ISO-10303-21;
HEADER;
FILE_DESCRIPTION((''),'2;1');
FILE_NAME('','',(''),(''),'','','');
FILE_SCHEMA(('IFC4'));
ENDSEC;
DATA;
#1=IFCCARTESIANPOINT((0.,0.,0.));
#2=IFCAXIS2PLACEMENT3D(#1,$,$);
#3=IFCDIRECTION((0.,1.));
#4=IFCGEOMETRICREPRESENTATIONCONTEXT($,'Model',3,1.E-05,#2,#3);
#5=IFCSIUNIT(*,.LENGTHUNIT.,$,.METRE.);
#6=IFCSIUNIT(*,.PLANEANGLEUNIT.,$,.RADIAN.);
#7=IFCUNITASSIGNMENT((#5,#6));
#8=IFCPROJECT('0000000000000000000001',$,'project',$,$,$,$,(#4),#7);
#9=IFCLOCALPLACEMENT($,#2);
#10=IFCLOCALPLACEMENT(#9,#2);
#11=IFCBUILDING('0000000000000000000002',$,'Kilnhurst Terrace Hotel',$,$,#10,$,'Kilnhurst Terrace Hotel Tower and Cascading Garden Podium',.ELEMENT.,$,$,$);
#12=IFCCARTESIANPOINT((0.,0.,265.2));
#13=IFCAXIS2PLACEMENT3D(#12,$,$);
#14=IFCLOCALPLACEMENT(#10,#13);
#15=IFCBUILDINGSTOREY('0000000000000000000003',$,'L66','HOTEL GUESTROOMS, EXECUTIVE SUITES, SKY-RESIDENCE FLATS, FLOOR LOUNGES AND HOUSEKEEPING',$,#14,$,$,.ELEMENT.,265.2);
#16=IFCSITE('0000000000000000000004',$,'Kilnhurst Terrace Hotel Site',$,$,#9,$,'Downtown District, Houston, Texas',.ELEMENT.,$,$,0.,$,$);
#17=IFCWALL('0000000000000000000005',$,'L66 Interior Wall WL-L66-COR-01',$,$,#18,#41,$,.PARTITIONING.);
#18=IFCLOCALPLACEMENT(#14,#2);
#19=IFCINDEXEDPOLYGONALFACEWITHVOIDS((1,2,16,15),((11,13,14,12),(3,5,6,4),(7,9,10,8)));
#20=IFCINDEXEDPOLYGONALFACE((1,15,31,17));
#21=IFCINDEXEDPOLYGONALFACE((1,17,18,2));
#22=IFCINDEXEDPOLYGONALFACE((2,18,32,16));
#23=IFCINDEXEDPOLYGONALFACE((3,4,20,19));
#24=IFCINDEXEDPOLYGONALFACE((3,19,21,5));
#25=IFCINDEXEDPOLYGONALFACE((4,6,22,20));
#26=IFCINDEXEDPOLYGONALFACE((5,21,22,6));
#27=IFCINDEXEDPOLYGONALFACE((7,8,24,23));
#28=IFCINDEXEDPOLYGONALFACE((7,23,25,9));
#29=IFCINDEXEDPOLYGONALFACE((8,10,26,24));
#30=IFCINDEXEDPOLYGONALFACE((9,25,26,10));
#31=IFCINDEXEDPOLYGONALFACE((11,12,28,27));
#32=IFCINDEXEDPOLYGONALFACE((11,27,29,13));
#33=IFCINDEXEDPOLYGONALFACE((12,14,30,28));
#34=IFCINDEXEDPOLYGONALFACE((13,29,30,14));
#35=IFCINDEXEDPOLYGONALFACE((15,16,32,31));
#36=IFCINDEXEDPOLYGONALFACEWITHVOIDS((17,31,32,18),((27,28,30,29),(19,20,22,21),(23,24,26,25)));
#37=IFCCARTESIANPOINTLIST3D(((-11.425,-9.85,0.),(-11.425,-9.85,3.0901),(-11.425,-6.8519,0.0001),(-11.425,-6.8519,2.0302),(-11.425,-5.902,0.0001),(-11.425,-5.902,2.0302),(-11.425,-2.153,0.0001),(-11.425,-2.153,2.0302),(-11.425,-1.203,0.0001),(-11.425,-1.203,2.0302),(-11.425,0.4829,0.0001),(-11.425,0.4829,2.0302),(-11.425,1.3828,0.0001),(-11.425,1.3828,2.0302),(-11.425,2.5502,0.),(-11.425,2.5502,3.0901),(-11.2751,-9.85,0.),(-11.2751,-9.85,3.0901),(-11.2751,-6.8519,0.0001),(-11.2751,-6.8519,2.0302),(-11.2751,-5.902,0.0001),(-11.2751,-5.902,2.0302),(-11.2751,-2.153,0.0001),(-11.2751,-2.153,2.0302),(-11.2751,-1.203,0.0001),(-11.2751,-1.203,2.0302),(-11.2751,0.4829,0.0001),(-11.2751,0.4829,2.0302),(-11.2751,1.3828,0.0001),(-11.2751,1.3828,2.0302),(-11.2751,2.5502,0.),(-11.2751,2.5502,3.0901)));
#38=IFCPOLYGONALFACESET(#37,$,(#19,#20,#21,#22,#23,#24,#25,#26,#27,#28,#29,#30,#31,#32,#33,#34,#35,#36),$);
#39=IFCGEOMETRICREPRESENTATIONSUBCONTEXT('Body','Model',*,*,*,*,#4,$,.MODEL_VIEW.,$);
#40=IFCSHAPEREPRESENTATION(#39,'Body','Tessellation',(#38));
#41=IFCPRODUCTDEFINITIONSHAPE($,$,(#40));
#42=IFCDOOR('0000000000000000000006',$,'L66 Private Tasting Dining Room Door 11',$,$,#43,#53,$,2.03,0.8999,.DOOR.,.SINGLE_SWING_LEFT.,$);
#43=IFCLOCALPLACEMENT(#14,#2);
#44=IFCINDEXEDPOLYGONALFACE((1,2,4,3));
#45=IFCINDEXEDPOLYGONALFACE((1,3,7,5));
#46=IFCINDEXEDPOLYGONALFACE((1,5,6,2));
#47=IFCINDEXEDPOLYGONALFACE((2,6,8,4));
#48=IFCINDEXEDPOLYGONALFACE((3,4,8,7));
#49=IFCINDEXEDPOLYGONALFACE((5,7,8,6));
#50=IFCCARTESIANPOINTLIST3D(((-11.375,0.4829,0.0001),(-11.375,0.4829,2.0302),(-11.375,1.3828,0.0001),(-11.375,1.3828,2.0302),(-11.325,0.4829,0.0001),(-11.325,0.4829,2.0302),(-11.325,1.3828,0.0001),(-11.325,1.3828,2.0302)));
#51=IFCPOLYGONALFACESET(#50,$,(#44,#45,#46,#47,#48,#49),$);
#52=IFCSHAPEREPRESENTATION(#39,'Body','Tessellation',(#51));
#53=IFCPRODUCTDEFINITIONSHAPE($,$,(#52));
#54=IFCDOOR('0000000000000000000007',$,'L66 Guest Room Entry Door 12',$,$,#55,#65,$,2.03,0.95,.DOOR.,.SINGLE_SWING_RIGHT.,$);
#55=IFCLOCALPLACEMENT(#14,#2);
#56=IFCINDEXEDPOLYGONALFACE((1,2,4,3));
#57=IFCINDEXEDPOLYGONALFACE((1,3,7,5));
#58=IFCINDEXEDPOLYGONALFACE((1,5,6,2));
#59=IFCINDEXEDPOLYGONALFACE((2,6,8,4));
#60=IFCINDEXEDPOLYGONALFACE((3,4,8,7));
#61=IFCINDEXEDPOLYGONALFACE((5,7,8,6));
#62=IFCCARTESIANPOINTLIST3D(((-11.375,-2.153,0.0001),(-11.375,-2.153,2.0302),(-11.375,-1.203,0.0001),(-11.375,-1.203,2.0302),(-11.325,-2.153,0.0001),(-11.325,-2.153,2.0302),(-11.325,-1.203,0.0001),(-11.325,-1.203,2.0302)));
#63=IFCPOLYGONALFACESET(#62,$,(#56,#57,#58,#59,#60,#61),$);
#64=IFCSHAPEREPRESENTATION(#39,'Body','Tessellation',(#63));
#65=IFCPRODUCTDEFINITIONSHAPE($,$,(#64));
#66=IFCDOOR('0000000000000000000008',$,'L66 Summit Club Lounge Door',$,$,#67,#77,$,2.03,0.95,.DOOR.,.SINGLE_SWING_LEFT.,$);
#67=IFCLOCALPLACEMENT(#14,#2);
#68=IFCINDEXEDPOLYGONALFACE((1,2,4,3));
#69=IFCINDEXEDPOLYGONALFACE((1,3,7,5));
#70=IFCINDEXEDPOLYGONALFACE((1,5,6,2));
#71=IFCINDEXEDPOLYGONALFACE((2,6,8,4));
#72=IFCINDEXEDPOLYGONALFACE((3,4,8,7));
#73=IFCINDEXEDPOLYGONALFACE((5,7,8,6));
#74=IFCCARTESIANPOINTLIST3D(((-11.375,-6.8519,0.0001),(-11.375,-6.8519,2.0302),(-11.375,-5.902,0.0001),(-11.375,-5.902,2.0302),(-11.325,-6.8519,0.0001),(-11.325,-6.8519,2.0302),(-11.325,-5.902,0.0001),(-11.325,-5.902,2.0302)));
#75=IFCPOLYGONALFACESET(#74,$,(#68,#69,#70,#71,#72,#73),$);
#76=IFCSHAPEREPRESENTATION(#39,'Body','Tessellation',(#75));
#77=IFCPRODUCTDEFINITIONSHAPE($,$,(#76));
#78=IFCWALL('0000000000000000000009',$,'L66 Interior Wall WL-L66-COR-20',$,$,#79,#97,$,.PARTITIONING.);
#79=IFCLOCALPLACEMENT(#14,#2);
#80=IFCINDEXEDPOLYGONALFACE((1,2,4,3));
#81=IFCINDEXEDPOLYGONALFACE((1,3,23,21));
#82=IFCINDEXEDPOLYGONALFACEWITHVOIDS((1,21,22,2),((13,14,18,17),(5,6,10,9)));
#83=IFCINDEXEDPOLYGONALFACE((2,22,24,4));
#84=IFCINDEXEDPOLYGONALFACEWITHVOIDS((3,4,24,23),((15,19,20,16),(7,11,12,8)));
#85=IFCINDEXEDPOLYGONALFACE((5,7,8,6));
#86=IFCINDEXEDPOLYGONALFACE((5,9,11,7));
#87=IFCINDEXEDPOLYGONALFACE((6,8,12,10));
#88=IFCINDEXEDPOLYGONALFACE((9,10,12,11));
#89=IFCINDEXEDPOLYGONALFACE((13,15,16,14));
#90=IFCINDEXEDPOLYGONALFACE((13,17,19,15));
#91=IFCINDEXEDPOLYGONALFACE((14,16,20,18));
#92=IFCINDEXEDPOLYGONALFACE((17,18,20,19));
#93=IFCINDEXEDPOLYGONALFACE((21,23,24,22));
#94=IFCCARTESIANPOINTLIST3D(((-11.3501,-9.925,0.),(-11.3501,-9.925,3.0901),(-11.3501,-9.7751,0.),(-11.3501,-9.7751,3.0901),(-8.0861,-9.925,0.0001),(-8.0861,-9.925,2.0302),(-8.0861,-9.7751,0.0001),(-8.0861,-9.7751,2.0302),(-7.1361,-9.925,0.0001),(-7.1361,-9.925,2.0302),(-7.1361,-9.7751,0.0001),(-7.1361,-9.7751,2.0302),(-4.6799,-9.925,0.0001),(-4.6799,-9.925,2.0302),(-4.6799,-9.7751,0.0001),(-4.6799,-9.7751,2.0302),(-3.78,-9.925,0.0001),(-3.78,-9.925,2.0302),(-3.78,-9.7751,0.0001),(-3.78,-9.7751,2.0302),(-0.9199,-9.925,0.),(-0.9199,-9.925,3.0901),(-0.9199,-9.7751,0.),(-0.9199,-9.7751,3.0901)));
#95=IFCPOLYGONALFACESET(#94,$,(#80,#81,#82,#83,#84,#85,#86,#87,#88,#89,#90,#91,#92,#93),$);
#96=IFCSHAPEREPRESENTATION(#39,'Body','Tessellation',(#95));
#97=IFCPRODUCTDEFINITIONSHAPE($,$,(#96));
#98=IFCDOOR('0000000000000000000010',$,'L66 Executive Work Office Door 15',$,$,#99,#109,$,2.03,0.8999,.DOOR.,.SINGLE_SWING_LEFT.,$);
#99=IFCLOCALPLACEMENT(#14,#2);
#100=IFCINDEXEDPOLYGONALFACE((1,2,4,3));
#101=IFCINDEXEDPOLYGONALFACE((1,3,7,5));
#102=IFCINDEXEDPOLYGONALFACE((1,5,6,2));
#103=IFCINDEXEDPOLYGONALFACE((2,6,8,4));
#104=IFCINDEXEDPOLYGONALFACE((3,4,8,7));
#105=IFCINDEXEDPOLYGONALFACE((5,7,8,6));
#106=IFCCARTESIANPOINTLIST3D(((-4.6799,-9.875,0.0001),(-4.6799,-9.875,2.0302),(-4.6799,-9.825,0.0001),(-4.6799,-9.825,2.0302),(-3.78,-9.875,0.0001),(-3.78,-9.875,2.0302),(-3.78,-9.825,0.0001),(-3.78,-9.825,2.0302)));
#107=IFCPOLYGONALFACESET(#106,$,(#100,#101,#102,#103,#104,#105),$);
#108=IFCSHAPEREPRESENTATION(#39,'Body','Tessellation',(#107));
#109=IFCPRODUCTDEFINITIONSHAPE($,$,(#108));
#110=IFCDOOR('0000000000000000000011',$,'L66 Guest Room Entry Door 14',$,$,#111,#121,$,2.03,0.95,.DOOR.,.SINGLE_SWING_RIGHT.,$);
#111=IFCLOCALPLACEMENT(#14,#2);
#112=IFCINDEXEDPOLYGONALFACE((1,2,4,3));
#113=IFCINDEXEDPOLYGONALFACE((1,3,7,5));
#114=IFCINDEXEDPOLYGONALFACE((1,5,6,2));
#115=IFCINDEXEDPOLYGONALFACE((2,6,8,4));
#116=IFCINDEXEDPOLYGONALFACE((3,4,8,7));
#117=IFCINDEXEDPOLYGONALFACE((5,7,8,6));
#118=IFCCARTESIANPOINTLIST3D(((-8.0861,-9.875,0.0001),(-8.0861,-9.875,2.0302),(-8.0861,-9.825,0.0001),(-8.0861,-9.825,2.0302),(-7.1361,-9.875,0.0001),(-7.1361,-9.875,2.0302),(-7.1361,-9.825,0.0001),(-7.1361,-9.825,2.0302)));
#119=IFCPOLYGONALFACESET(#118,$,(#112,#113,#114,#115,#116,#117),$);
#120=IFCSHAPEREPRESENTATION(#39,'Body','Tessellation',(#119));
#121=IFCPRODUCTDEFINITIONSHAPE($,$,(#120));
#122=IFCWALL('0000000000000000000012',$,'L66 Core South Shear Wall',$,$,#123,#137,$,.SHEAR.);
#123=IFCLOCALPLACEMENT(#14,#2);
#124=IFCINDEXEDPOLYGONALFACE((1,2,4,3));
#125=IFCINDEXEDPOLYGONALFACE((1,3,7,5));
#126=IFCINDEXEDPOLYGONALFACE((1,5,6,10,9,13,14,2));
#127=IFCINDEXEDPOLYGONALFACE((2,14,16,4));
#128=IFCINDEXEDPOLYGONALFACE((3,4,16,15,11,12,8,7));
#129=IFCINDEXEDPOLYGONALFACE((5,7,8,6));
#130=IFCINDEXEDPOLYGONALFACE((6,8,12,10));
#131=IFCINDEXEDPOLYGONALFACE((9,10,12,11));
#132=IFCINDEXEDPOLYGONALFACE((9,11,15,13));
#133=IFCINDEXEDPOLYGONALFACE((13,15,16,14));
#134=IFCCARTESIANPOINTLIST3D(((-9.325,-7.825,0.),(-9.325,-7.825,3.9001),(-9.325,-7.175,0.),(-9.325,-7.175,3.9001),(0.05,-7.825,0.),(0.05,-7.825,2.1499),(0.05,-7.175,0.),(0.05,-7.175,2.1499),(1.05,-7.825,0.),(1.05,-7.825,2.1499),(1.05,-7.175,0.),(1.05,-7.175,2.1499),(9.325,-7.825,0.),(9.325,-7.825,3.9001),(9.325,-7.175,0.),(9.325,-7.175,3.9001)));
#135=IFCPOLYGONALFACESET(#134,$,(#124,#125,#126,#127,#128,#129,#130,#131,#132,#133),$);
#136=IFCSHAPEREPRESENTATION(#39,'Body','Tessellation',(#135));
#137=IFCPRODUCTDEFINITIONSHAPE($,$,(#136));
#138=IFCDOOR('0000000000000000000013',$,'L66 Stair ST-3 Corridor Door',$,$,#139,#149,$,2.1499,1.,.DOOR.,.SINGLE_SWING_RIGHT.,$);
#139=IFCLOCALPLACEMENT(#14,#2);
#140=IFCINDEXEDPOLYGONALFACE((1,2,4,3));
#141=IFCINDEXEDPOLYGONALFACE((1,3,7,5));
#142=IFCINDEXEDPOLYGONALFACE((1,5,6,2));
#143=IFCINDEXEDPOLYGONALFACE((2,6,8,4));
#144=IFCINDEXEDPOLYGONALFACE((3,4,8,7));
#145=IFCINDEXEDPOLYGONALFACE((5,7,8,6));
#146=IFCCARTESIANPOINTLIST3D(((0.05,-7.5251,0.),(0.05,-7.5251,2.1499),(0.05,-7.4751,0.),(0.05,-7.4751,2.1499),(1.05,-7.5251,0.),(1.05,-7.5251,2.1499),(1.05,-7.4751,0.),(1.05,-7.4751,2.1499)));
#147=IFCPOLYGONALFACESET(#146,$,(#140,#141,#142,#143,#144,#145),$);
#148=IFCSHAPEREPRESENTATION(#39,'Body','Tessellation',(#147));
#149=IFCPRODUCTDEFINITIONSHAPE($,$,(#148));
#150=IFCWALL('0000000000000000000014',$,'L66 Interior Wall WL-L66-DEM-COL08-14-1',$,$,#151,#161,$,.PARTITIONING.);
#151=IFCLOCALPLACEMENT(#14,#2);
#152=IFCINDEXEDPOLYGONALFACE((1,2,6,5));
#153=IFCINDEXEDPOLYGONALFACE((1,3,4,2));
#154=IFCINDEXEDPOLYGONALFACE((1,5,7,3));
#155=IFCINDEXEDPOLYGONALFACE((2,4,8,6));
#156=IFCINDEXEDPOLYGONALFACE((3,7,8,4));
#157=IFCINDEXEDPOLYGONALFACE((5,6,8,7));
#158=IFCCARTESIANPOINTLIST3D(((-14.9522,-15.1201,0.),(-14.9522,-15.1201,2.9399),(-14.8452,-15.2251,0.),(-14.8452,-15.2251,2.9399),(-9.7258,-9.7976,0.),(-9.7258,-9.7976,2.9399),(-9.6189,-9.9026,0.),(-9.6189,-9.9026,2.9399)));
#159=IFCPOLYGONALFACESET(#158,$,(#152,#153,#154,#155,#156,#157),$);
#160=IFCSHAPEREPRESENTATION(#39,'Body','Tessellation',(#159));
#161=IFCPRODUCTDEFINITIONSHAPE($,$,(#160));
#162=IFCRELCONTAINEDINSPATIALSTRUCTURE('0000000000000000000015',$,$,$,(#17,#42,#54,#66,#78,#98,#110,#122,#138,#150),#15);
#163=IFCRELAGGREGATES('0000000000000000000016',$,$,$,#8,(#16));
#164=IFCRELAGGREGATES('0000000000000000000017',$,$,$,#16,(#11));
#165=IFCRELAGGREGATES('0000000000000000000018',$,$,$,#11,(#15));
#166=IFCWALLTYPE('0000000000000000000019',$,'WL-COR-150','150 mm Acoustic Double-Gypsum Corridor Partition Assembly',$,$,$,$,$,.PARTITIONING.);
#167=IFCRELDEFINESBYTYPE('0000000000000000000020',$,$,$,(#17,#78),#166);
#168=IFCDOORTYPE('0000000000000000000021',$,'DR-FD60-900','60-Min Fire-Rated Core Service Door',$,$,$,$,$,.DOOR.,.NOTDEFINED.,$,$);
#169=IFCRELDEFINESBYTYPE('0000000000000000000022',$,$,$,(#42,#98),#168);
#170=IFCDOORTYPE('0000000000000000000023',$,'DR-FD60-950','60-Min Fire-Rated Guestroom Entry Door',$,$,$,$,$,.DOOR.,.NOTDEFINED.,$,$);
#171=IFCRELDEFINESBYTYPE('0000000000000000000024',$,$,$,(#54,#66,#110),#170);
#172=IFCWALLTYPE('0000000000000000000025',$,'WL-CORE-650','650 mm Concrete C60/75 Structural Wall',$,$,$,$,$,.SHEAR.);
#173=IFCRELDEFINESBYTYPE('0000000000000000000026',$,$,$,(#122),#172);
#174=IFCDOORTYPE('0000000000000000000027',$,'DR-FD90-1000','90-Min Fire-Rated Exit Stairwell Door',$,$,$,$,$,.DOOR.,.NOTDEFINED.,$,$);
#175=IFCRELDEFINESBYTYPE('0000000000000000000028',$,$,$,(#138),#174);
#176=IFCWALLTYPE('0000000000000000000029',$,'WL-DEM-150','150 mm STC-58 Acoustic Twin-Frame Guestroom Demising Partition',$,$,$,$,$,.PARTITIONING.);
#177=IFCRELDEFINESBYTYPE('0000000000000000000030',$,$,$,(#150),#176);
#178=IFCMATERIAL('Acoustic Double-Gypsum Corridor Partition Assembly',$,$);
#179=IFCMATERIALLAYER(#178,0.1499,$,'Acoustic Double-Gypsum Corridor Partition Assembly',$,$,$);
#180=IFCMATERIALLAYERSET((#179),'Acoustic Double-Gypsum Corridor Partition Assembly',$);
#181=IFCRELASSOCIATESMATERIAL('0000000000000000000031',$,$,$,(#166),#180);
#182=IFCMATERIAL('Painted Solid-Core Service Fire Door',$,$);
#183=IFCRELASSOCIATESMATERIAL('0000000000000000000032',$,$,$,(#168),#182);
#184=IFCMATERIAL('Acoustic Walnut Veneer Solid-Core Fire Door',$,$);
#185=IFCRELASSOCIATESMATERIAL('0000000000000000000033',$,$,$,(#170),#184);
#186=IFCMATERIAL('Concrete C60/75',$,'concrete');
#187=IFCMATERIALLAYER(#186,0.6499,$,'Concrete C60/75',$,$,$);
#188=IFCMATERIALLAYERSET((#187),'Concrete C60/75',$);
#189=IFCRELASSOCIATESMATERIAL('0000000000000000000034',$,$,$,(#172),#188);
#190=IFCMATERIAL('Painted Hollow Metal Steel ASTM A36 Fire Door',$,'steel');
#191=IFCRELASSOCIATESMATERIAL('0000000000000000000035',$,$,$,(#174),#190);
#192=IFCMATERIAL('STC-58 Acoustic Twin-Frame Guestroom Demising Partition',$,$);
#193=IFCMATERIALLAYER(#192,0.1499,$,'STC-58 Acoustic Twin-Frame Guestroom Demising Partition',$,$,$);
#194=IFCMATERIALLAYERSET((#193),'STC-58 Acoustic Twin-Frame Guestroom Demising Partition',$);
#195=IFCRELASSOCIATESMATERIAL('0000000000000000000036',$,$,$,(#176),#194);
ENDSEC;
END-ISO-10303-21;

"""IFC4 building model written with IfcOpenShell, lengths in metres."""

from ifc_helpers import new_model, si_unit, direction, frame, frame_2d, origin, place, context, subcontext, project, spatial, rectangle, extrude, material, layer, layer_set, type_object, element, fill, save


model = new_model("IFC4")

# Units and contexts
model_context = context("Model", 3, precision=1e-05, world=origin(), true_north=direction((0.0, 1.0)))
body_context = subcontext(model_context, "Body", "Model", "MODEL_VIEW")
ifc_project = project(units=[si_unit("LENGTHUNIT", "METRE"), si_unit("PLANEANGLEUNIT", "RADIAN")], contexts=[model_context])

# Site, building, storey
site_placement = place(None, origin())
site = spatial("IfcSite", under=ifc_project, at=site_placement, Name="Kilnhurst Terrace Hotel Site", LongName="Downtown District, Houston, Texas", CompositionType="ELEMENT", RefElevation=0.0)
building_placement = place(site_placement, origin())
building = spatial("IfcBuilding", under=site, at=building_placement, Name="Kilnhurst Terrace Hotel", LongName="Kilnhurst Terrace Hotel Tower and Cascading Garden Podium", CompositionType="ELEMENT")
storey_placement = place(building_placement, frame((0.0, 0.0, 265.2)))
storey = spatial("IfcBuildingStorey", under=building, at=storey_placement, Name="L66", Description="HOTEL GUESTROOMS, EXECUTIVE SUITES, SKY-RESIDENCE FLATS, FLOOR LOUNGES AND HOUSEKEEPING", CompositionType="ELEMENT", Elevation=265.2)

# Shared definitions
ifc_material_1 = material(Name="Concrete C60/75", Category="concrete")

# Walls, openings, doors
ifc_material_2 = material(Name="Acoustic Double-Gypsum Corridor Partition Assembly")
ifc_layer_1 = layer(ifc_material_2, 0.1499, Name="Acoustic Double-Gypsum Corridor Partition Assembly")
ifc_layer_set_1 = layer_set([ifc_layer_1], Name="Acoustic Double-Gypsum Corridor Partition Assembly")
wall_type_1 = type_object("IfcWallType", Name="WL-COR-150", Description="150 mm Acoustic Double-Gypsum Corridor Partition Assembly", PredefinedType="PARTITIONING", material=ifc_layer_set_1)
wall_1_placement = place(storey_placement, frame((-11.3501, -9.8501, 0.0), z_axis=(0.0, 0.0, 1.0), x_axis=(0.0, 1.0, 0.0)))
wall_1 = element("IfcWall", 1, at=wall_1_placement, inside=storey, type_object=wall_type_1, Name="L66 Interior Wall WL-L66-COR-01", PredefinedType="PARTITIONING", context=body_context, shape_type="SweptSolid", body=[
    extrude(rectangle(XDim=12.4001, YDim=0.1499, at=frame_2d((6.2002, 0.0))), origin(), (0.0, 0.0, 1.0), 3.0901),
])
opening_1_placement = place(wall_1_placement, frame((10.333, 0.0, 0.0)))
opening_1 = element("IfcOpeningElement", 2, at=opening_1_placement, cuts=wall_1, PredefinedType="OPENING", context=body_context, shape_type="SweptSolid", body=[
    extrude(rectangle(XDim=0.8999, YDim=2.03, at=frame_2d((0.45, 1.0151))), frame((0.0, 0.085, 0.0), z_axis=(0.0, -1.0, 0.0), x_axis=(1.0, 0.0, 0.0)), (0.0, 0.0, 1.0), 0.1699),
])
opening_2_placement = place(wall_1_placement, frame((7.697, 0.0, 0.0)))
opening_2 = element("IfcOpeningElement", 3, at=opening_2_placement, cuts=wall_1, PredefinedType="OPENING", context=body_context, shape_type="SweptSolid", body=[
    extrude(rectangle(XDim=0.95, YDim=2.03, at=frame_2d((0.4751, 1.0151))), frame((0.0, 0.085, 0.0), z_axis=(0.0, -1.0, 0.0), x_axis=(1.0, 0.0, 0.0)), (0.0, 0.0, 1.0), 0.1699),
])
opening_3_placement = place(wall_1_placement, frame((2.998, 0.0, 0.0)))
opening_3 = element("IfcOpeningElement", 4, at=opening_3_placement, cuts=wall_1, PredefinedType="OPENING", context=body_context, shape_type="SweptSolid", body=[
    extrude(rectangle(XDim=0.95, YDim=2.03, at=frame_2d((0.4751, 1.0151))), frame((0.0, 0.085, 0.0), z_axis=(0.0, -1.0, 0.0), x_axis=(1.0, 0.0, 0.0)), (0.0, 0.0, 1.0), 0.1699),
])
ifc_material_3 = material(Name="Painted Solid-Core Service Fire Door")
door_type_1 = type_object("IfcDoorType", Name="DR-FD60-900", Description="60-Min Fire-Rated Core Service Door", OperationType="NOTDEFINED", PredefinedType="DOOR", material=ifc_material_3)
door_1_placement = place(opening_1_placement, origin())
door_1 = element("IfcDoor", 5, at=door_1_placement, inside=storey, type_object=door_type_1, Name="L66 Private Tasting Dining Room Door 11", OperationType="SINGLE_SWING_LEFT", OverallHeight=2.03, OverallWidth=0.8999, PredefinedType="DOOR", context=body_context, shape_type="SweptSolid", body=[
    extrude(rectangle(XDim=0.8999, YDim=2.03, at=frame_2d((0.45, 1.0151))), frame((0.0, 0.0249, 0.0), z_axis=(0.0, -1.0, 0.0), x_axis=(1.0, 0.0, 0.0)), (0.0, 0.0, 1.0), 0.05),
])
fill(opening_1, door_1)
ifc_material_4 = material(Name="Acoustic Walnut Veneer Solid-Core Fire Door")
door_type_2 = type_object("IfcDoorType", Name="DR-FD60-950", Description="60-Min Fire-Rated Guestroom Entry Door", OperationType="NOTDEFINED", PredefinedType="DOOR", material=ifc_material_4)
door_2_placement = place(opening_2_placement, origin())
door_2 = element("IfcDoor", 6, at=door_2_placement, inside=storey, type_object=door_type_2, Name="L66 Guest Room Entry Door 12", OperationType="SINGLE_SWING_RIGHT", OverallHeight=2.03, OverallWidth=0.95, PredefinedType="DOOR", context=body_context, shape_type="SweptSolid", body=[
    extrude(rectangle(XDim=0.95, YDim=2.03, at=frame_2d((0.4751, 1.0151))), frame((0.0, 0.0249, 0.0), z_axis=(0.0, -1.0, 0.0), x_axis=(1.0, 0.0, 0.0)), (0.0, 0.0, 1.0), 0.05),
])
fill(opening_2, door_2)
door_3_placement = place(opening_3_placement, origin())
door_3 = element("IfcDoor", 7, at=door_3_placement, inside=storey, type_object=door_type_2, Name="L66 Summit Club Lounge Door", OperationType="SINGLE_SWING_LEFT", OverallHeight=2.03, OverallWidth=0.95, PredefinedType="DOOR", context=body_context, shape_type="SweptSolid", body=[
    extrude(rectangle(XDim=0.95, YDim=2.03, at=frame_2d((0.4751, 1.0151))), frame((0.0, 0.0249, 0.0), z_axis=(0.0, -1.0, 0.0), x_axis=(1.0, 0.0, 0.0)), (0.0, 0.0, 1.0), 0.05),
])
fill(opening_3, door_3)
wall_2_placement = place(storey_placement, frame((-0.9199, -9.8501, 0.0), z_axis=(0.0, 0.0, 1.0), x_axis=(-1.0, 0.0, 0.0)))
wall_2 = element("IfcWall", 8, at=wall_2_placement, inside=storey, type_object=wall_type_1, Name="L66 Interior Wall WL-L66-COR-20", PredefinedType="PARTITIONING", context=body_context, shape_type="SweptSolid", body=[
    extrude(rectangle(XDim=10.4302, YDim=0.1499, at=frame_2d((5.2151, 0.0))), origin(), (0.0, 0.0, 1.0), 3.0901),
])
opening_4_placement = place(wall_2_placement, frame((6.2161, 0.0, 0.0)))
opening_4 = element("IfcOpeningElement", 9, at=opening_4_placement, cuts=wall_2, PredefinedType="OPENING", context=body_context, shape_type="SweptSolid", body=[
    extrude(rectangle(XDim=0.95, YDim=2.03, at=frame_2d((0.4751, 1.0151))), frame((0.0, 0.085, 0.0), z_axis=(0.0, -1.0, 0.0), x_axis=(1.0, 0.0, 0.0)), (0.0, 0.0, 1.0), 0.1699),
])
opening_5_placement = place(wall_2_placement, frame((2.8601, 0.0, 0.0)))
opening_5 = element("IfcOpeningElement", 10, at=opening_5_placement, cuts=wall_2, PredefinedType="OPENING", context=body_context, shape_type="SweptSolid", body=[
    extrude(rectangle(XDim=0.8999, YDim=2.03, at=frame_2d((0.45, 1.0151))), frame((0.0, 0.085, 0.0), z_axis=(0.0, -1.0, 0.0), x_axis=(1.0, 0.0, 0.0)), (0.0, 0.0, 1.0), 0.1699),
])
door_4_placement = place(opening_5_placement, origin())
door_4 = element("IfcDoor", 11, at=door_4_placement, inside=storey, type_object=door_type_1, Name="L66 Executive Work Office Door 15", OperationType="SINGLE_SWING_LEFT", OverallHeight=2.03, OverallWidth=0.8999, PredefinedType="DOOR", context=body_context, shape_type="SweptSolid", body=[
    extrude(rectangle(XDim=0.8999, YDim=2.03, at=frame_2d((0.45, 1.0151))), frame((0.0, 0.0249, 0.0), z_axis=(0.0, -1.0, 0.0), x_axis=(1.0, 0.0, 0.0)), (0.0, 0.0, 1.0), 0.05),
])
fill(opening_5, door_4)
door_5_placement = place(opening_4_placement, origin())
door_5 = element("IfcDoor", 12, at=door_5_placement, inside=storey, type_object=door_type_2, Name="L66 Guest Room Entry Door 14", OperationType="SINGLE_SWING_RIGHT", OverallHeight=2.03, OverallWidth=0.95, PredefinedType="DOOR", context=body_context, shape_type="SweptSolid", body=[
    extrude(rectangle(XDim=0.95, YDim=2.03, at=frame_2d((0.4751, 1.0151))), frame((0.0, 0.0249, 0.0), z_axis=(0.0, -1.0, 0.0), x_axis=(1.0, 0.0, 0.0)), (0.0, 0.0, 1.0), 0.05),
])
fill(opening_4, door_5)

# Wall, opening, door
ifc_layer_2 = layer(ifc_material_1, 0.6499, Name="Concrete C60/75")
ifc_layer_set_2 = layer_set([ifc_layer_2], Name="Concrete C60/75")
wall_type_2 = type_object("IfcWallType", Name="WL-CORE-650", Description="650 mm Concrete C60/75 Structural Wall", PredefinedType="SHEAR", material=ifc_layer_set_2)
wall_3_placement = place(storey_placement, frame((-9.325, -7.5, 0.0), z_axis=(0.0, 0.0, 1.0), x_axis=(1.0, 0.0, 0.0)))
wall_3 = element("IfcWall", 13, at=wall_3_placement, inside=storey, type_object=wall_type_2, Name="L66 Core South Shear Wall", PredefinedType="SHEAR", context=body_context, shape_type="SweptSolid", body=[
    extrude(rectangle(XDim=18.6499, YDim=0.6499, at=frame_2d((9.325, 0.0))), origin(), (0.0, 0.0, 1.0), 3.9001),
])
opening_6_placement = place(wall_3_placement, frame((9.375, 0.0, 0.0)))
opening_6 = element("IfcOpeningElement", 14, at=opening_6_placement, cuts=wall_3, PredefinedType="OPENING", context=body_context, shape_type="SweptSolid", body=[
    extrude(rectangle(XDim=1.0, YDim=2.1499, at=frame_2d((0.5, 1.075))), frame((0.0, 0.335, 0.0), z_axis=(0.0, -1.0, 0.0), x_axis=(1.0, 0.0, 0.0)), (0.0, 0.0, 1.0), 0.6699),
])
ifc_material_5 = material(Name="Painted Hollow Metal Steel ASTM A36 Fire Door", Category="steel")
door_type_3 = type_object("IfcDoorType", Name="DR-FD90-1000", Description="90-Min Fire-Rated Exit Stairwell Door", OperationType="NOTDEFINED", PredefinedType="DOOR", material=ifc_material_5)
door_6_placement = place(opening_6_placement, origin())
door_6 = element("IfcDoor", 15, at=door_6_placement, inside=storey, type_object=door_type_3, Name="L66 Stair ST-3 Corridor Door", OperationType="SINGLE_SWING_RIGHT", OverallHeight=2.1499, OverallWidth=1.0, PredefinedType="DOOR", context=body_context, shape_type="SweptSolid", body=[
    extrude(rectangle(XDim=1.0, YDim=2.1499, at=frame_2d((0.5, 1.075))), frame((0.0, 0.0249, 0.0), z_axis=(0.0, -1.0, 0.0), x_axis=(1.0, 0.0, 0.0)), (0.0, 0.0, 1.0), 0.05),
])
fill(opening_6, door_6)

# Wall
ifc_material_6 = material(Name="STC-58 Acoustic Twin-Frame Guestroom Demising Partition")
ifc_layer_3 = layer(ifc_material_6, 0.1499, Name="STC-58 Acoustic Twin-Frame Guestroom Demising Partition")
ifc_layer_set_3 = layer_set([ifc_layer_3], Name="STC-58 Acoustic Twin-Frame Guestroom Demising Partition")
wall_type_3 = type_object("IfcWallType", Name="WL-DEM-150", Description="150 mm STC-58 Acoustic Twin-Frame Guestroom Demising Partition", PredefinedType="PARTITIONING", material=ifc_layer_set_3)
wall_4_placement = place(storey_placement, frame((-9.6724, -9.8501, 0.0), z_axis=(0.0, 0.0, 1.0), x_axis=(-0.70063, -0.713525, 0.0)))
element("IfcWall", 16, at=wall_4_placement, inside=storey, type_object=wall_type_3, Name="L66 Interior Wall WL-L66-DEM-COL08-14-1", PredefinedType="PARTITIONING", context=body_context, shape_type="SweptSolid", body=[
    extrude(rectangle(XDim=7.4595, YDim=0.1499, at=frame_2d((3.7297, 0.0))), origin(), (0.0, 0.0, 1.0), 2.9399),
])

save(model, "model.ifc")
